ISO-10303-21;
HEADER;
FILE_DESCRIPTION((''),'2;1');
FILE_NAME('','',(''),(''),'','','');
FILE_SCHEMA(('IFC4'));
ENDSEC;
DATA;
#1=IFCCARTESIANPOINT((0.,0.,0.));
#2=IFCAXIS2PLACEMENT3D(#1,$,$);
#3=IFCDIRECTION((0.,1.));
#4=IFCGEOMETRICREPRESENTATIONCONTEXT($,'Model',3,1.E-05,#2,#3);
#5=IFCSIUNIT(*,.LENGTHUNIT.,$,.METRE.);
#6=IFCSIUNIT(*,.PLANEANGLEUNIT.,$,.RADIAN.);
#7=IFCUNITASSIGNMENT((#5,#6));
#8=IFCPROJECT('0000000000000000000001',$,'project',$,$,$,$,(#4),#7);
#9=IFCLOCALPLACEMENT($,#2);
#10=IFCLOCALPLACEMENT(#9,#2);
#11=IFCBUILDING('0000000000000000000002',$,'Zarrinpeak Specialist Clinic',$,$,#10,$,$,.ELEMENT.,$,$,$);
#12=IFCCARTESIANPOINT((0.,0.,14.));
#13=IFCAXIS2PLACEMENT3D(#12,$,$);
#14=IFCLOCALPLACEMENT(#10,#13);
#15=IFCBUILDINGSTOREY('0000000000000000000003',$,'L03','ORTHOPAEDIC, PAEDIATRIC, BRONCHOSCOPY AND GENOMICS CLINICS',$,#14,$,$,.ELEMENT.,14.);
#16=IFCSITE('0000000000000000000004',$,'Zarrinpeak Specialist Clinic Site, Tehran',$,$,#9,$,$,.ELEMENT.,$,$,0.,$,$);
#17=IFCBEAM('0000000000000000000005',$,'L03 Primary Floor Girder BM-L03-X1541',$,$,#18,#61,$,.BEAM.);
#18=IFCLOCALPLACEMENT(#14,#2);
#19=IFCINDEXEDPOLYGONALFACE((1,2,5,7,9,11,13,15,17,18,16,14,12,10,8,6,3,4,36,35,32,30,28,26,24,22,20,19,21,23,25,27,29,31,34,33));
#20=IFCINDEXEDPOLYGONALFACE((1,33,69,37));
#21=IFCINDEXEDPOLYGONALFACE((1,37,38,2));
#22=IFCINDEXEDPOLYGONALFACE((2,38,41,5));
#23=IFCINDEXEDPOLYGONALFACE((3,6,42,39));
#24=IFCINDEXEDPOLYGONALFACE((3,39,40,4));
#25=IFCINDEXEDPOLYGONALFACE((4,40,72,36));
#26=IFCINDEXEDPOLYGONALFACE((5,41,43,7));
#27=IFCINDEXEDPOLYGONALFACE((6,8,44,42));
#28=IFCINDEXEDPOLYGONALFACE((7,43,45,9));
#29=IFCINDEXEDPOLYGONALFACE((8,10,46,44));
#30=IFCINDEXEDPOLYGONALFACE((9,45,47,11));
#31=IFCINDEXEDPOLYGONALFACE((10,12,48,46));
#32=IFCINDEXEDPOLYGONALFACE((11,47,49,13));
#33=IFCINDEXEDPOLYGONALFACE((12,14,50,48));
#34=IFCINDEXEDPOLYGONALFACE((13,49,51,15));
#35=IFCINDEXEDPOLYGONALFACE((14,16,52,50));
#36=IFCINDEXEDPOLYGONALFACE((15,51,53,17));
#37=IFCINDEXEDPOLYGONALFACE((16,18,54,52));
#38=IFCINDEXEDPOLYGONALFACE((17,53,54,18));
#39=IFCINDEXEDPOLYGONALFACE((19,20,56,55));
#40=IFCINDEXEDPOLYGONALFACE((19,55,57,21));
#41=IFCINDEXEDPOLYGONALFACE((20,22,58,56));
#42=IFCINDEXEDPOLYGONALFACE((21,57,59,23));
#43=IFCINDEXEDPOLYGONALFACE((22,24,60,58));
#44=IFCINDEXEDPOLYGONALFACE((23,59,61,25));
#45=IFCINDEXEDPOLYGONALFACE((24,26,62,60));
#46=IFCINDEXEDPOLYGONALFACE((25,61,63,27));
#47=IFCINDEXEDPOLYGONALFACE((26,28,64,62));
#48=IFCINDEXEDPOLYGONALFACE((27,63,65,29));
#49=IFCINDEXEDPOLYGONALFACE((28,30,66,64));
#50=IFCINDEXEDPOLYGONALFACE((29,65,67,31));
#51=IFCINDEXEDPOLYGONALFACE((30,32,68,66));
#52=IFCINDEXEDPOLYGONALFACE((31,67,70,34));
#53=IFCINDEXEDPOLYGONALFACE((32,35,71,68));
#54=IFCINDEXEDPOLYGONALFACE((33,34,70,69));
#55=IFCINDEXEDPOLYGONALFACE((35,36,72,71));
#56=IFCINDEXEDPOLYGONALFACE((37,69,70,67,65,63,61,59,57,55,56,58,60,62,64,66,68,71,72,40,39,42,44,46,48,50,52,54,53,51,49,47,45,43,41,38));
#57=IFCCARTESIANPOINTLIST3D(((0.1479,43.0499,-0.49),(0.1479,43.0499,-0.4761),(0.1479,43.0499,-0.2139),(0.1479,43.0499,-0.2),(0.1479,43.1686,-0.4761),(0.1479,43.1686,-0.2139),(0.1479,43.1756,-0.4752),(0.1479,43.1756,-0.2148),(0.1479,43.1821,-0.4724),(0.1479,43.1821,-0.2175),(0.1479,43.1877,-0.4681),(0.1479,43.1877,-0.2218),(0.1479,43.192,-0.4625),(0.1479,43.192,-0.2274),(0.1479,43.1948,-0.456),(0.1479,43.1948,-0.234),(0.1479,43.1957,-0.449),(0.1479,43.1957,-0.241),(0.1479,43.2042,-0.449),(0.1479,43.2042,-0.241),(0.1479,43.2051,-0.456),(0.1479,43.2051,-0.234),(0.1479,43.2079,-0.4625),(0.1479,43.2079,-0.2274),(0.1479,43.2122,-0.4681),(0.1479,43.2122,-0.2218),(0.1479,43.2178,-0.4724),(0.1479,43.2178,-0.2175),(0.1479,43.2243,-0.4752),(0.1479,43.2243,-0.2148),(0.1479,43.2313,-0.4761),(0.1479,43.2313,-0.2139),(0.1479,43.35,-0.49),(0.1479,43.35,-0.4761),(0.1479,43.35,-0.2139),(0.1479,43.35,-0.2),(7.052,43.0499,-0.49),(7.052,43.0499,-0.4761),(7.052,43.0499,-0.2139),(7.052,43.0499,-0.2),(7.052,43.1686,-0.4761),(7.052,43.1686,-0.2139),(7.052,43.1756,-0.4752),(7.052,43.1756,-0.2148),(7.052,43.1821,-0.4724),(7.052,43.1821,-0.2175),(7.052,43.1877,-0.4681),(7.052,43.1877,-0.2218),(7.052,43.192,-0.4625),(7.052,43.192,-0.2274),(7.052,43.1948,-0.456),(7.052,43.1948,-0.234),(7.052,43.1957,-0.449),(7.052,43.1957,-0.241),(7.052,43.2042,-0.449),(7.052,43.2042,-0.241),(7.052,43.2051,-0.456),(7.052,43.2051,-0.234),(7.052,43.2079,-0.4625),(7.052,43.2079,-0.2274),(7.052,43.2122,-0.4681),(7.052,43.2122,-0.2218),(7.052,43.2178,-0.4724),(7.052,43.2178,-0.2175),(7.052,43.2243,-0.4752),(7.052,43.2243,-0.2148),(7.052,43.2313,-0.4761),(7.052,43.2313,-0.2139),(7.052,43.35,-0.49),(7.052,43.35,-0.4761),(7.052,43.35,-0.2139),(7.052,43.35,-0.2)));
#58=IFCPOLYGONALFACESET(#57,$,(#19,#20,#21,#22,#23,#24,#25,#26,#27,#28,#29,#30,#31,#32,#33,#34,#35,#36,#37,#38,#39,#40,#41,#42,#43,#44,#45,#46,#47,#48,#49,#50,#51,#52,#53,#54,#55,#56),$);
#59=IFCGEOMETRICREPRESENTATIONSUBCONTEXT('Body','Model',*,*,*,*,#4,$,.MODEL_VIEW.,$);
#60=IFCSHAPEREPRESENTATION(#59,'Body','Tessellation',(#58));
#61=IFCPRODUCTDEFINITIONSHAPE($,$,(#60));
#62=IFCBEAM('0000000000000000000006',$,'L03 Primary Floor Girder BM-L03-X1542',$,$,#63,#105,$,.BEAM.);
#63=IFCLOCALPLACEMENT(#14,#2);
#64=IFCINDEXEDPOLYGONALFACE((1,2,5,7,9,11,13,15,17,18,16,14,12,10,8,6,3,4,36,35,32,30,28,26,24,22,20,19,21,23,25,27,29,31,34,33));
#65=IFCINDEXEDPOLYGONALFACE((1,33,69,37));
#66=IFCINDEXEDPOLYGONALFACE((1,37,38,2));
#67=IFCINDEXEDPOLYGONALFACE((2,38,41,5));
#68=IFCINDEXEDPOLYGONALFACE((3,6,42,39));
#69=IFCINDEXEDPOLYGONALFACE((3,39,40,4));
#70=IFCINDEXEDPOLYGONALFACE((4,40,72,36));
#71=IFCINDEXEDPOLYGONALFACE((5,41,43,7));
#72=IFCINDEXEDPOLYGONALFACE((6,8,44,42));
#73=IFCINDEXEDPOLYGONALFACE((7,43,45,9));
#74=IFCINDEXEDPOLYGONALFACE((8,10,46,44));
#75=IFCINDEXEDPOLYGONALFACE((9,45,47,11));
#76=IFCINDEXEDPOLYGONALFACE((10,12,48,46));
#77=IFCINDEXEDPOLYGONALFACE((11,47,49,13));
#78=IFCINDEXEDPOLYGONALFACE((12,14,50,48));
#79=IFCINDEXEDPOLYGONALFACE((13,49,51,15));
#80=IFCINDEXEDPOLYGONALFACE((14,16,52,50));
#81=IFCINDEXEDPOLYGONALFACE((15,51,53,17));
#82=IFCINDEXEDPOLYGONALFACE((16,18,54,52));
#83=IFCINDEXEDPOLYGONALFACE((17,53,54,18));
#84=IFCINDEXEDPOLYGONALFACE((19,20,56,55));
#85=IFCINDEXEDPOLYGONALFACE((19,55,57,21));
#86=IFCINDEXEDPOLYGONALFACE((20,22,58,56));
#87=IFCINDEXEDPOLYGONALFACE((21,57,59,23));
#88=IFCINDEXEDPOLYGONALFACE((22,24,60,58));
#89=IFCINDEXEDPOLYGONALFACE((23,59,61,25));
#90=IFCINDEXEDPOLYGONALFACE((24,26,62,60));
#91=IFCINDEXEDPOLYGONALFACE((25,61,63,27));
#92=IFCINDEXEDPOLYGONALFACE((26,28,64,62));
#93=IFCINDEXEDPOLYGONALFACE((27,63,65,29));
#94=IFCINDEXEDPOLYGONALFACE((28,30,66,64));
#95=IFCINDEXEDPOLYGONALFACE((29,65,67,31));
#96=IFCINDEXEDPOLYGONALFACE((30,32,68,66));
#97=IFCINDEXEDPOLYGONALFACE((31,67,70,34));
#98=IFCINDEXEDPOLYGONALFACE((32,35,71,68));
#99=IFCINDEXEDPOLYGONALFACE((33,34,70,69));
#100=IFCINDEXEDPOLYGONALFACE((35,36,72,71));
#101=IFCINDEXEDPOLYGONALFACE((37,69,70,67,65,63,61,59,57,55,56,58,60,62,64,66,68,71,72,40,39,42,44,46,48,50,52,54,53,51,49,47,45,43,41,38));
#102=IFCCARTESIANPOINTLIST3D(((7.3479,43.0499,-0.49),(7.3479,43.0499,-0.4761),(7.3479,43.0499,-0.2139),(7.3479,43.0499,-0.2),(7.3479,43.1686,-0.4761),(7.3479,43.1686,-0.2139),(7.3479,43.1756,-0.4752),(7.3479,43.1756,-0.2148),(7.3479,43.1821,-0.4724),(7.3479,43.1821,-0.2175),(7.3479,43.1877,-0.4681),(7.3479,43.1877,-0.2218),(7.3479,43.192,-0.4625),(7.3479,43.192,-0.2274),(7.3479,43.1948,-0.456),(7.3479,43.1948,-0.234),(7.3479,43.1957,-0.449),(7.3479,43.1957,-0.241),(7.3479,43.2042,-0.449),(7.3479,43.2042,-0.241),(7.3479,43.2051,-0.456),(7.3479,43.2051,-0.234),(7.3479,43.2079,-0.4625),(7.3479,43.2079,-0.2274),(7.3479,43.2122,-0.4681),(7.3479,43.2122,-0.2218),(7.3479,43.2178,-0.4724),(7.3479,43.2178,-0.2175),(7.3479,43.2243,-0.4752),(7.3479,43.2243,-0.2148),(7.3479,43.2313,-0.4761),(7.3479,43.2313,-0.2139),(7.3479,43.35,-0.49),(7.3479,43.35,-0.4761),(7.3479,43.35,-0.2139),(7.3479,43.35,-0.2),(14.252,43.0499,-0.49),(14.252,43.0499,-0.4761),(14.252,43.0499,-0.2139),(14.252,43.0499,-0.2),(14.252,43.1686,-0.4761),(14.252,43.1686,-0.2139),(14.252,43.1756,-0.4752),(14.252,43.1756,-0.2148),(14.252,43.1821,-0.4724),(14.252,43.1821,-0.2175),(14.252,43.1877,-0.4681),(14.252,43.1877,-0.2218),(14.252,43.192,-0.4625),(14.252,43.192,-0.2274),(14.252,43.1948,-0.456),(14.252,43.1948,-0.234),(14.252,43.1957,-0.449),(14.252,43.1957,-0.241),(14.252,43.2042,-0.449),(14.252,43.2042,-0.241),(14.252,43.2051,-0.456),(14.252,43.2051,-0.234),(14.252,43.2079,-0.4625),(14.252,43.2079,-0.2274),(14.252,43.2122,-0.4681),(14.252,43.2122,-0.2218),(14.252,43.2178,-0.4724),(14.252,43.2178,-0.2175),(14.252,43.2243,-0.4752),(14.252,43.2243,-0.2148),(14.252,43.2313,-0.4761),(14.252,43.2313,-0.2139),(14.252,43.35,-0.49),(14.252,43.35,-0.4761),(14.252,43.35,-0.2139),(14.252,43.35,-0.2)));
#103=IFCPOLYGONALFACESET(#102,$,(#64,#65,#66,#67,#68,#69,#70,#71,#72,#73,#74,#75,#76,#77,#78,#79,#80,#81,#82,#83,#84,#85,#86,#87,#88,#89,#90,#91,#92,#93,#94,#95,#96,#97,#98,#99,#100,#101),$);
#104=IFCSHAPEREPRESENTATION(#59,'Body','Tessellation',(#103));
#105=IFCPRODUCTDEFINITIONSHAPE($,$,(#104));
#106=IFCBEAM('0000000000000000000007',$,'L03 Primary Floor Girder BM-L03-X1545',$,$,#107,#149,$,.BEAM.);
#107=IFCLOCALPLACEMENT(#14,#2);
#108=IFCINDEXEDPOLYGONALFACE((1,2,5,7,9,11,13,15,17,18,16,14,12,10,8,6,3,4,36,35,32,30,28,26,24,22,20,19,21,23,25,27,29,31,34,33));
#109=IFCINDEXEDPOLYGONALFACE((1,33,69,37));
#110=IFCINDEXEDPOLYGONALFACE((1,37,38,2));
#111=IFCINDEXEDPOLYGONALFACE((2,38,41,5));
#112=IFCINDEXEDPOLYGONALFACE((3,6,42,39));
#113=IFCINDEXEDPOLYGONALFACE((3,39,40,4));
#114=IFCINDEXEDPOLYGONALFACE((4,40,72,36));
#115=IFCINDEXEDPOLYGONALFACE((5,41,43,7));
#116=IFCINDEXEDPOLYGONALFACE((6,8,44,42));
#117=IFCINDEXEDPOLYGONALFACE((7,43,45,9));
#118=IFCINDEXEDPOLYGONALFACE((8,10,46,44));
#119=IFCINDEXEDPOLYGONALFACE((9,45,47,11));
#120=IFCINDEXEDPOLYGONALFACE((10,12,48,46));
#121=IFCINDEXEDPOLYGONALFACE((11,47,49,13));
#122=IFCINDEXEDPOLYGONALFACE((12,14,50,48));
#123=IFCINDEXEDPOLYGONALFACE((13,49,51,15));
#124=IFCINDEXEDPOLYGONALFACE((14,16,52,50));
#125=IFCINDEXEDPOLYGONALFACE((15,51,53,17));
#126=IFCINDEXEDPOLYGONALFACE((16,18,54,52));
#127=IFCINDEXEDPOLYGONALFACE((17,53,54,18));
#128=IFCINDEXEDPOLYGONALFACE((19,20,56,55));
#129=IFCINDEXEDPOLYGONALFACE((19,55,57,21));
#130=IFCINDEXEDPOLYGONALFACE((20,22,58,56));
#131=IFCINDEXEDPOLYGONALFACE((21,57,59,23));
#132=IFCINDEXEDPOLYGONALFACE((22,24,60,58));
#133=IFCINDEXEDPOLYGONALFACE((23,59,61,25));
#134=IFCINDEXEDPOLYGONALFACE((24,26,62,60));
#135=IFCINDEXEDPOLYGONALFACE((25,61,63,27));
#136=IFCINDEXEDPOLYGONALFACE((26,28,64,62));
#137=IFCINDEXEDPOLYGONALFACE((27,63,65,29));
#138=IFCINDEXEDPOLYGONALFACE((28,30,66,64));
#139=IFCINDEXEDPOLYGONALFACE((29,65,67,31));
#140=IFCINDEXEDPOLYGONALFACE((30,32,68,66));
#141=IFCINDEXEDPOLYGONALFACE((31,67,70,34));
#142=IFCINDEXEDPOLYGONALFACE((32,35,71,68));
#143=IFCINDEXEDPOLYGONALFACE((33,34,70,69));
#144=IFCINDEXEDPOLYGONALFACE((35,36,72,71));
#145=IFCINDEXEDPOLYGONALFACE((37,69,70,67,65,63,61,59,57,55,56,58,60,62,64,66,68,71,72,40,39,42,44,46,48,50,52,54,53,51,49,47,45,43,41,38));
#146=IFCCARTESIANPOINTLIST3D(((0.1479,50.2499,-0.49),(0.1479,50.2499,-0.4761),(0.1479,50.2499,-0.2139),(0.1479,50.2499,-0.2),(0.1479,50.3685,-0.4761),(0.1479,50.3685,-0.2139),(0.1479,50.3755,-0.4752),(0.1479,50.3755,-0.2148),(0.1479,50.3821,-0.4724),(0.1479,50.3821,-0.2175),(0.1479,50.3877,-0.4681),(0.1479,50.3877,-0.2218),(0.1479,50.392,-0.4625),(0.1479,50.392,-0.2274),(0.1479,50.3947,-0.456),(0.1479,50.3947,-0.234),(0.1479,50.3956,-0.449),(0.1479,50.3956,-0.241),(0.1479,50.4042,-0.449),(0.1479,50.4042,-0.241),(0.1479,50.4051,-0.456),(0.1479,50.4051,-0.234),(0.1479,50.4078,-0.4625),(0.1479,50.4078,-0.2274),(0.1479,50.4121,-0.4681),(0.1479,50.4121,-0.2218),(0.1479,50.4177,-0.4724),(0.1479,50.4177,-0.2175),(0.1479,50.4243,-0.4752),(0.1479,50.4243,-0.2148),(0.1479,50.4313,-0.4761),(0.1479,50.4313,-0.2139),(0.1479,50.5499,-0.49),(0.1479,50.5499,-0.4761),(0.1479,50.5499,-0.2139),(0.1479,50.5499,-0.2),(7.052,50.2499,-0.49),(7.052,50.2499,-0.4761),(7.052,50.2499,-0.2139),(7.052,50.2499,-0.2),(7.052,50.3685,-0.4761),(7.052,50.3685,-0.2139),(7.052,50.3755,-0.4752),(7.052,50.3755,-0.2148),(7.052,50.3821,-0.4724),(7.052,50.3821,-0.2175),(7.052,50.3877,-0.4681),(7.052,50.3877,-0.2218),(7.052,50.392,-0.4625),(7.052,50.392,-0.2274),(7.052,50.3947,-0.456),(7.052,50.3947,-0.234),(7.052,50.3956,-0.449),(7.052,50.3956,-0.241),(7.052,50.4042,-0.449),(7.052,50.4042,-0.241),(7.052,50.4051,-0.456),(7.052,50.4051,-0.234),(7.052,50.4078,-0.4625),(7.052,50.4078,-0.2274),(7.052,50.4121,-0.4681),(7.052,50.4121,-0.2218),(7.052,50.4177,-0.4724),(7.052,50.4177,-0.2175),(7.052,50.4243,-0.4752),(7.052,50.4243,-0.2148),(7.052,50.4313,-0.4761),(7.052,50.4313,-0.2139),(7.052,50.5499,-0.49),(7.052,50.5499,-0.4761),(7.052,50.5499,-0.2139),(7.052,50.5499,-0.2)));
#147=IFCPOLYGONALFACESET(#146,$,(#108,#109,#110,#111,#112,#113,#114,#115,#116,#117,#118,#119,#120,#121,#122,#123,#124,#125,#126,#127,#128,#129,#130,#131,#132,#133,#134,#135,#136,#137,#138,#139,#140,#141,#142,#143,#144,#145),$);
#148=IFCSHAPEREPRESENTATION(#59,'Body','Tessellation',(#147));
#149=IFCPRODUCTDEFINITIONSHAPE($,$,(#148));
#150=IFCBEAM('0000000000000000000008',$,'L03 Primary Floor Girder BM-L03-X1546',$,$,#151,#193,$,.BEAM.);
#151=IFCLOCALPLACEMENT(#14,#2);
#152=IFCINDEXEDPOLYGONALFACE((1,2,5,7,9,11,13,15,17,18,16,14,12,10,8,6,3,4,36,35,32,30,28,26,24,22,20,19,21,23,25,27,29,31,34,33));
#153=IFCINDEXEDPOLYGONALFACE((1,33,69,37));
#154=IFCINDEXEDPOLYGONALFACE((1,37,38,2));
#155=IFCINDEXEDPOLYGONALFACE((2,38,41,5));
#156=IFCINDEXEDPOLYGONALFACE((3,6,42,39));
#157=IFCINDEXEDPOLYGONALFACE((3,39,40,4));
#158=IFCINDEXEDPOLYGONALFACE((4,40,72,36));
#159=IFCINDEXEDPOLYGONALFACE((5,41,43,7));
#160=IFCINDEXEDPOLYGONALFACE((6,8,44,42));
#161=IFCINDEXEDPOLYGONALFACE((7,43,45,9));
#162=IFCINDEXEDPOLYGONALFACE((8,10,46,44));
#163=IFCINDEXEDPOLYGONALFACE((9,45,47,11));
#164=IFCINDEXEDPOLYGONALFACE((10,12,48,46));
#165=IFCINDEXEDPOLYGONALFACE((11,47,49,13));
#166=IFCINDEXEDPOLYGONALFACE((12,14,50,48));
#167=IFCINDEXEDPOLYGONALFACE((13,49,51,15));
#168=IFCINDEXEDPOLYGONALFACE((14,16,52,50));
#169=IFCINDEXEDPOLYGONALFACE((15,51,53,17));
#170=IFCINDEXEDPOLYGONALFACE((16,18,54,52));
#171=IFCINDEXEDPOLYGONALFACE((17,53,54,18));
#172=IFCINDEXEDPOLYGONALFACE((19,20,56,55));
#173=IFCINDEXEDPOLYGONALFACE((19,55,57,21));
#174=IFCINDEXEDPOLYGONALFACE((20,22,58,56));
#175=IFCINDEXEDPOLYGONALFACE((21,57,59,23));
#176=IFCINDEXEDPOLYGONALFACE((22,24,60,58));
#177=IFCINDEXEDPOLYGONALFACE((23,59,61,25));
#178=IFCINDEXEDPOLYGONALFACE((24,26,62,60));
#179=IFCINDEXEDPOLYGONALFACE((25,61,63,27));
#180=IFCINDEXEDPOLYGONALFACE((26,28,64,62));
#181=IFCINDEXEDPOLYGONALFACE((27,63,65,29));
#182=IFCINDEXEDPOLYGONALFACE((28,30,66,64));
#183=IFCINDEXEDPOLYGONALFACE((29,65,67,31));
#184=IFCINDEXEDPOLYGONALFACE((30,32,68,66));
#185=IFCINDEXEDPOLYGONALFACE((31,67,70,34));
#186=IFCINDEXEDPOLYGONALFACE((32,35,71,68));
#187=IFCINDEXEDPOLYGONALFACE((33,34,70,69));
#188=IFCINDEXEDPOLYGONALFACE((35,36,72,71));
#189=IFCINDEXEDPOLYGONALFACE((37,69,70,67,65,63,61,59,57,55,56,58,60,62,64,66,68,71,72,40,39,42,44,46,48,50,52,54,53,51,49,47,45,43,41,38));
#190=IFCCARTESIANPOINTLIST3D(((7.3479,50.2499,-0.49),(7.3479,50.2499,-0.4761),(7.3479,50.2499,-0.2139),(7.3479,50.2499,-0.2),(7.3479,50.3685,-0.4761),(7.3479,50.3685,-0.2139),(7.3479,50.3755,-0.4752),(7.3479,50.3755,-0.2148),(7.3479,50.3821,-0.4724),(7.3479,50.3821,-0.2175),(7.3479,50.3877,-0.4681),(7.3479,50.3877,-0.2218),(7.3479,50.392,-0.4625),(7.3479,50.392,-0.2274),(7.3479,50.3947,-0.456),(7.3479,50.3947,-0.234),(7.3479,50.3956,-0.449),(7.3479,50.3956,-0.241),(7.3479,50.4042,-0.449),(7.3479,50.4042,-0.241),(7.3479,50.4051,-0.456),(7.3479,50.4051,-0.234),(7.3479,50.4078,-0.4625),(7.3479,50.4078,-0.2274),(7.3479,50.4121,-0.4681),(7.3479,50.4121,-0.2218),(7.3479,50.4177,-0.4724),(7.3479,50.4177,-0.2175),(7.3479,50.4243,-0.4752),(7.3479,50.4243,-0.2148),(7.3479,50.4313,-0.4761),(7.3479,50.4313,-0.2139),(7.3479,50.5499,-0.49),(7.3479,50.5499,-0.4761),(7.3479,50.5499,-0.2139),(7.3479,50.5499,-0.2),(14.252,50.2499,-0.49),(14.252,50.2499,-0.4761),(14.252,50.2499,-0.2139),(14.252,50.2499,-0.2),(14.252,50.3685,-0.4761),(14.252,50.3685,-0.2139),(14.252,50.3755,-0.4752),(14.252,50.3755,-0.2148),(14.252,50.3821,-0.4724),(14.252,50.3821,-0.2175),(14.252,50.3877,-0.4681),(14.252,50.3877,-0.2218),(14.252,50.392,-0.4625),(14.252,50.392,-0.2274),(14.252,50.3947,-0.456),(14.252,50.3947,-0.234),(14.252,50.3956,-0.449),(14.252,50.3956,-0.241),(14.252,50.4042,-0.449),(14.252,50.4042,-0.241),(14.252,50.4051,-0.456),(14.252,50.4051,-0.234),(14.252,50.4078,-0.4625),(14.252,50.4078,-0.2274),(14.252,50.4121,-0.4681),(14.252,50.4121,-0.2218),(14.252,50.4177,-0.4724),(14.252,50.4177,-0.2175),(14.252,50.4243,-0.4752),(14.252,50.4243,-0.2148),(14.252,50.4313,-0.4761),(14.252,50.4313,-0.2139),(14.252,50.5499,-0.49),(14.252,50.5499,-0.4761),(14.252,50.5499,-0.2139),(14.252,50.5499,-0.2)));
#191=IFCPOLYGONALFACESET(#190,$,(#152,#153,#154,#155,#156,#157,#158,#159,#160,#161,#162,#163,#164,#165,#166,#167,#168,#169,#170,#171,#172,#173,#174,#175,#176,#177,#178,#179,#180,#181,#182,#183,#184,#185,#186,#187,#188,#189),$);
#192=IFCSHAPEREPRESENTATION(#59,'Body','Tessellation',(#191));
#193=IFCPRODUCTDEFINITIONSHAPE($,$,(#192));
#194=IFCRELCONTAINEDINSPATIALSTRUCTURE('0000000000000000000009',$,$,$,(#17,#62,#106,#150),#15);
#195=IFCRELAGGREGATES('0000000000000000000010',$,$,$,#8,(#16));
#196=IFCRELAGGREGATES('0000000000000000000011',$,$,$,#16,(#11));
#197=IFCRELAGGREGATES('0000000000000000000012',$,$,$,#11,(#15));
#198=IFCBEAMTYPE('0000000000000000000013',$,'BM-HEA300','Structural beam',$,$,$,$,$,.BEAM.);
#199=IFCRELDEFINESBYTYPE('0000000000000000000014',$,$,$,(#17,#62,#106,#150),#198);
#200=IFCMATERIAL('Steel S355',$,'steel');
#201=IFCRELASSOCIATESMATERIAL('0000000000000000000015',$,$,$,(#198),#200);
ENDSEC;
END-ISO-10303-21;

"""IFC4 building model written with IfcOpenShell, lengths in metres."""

from ifc_helpers import new_model, si_unit, direction, frame, origin, origin_2d, place, context, subcontext, project, spatial, i_section, extrude, material, material_profile, profile_set, type_object, element, save


model = new_model("IFC4")

# Units and contexts
model_context = context("Model", 3, precision=1e-05, world=origin(), true_north=direction((0.0, 1.0)))
body_context = subcontext(model_context, "Body", "Model", "MODEL_VIEW")
ifc_project = project(units=[si_unit("LENGTHUNIT", "METRE"), si_unit("PLANEANGLEUNIT", "RADIAN")], contexts=[model_context])

# Site, building, storey
site_placement = place(None, origin())
site = spatial("IfcSite", under=ifc_project, at=site_placement, Name="Zarrinpeak Specialist Clinic Site, Tehran", CompositionType="ELEMENT", RefElevation=0.0)
building_placement = place(site_placement, origin())
building = spatial("IfcBuilding", under=site, at=building_placement, Name="Zarrinpeak Specialist Clinic", CompositionType="ELEMENT")
storey_placement = place(building_placement, frame((0.0, 0.0, 14.0)))
storey = spatial("IfcBuildingStorey", under=building, at=storey_placement, Name="L03", Description="ORTHOPAEDIC, PAEDIATRIC, BRONCHOSCOPY AND GENOMICS CLINICS", CompositionType="ELEMENT", Elevation=14.0)

# Shared definitions
ifc_material_1 = material(Name="Steel S355", Category="steel")

# Beams
ifc_material_profile_1 = material_profile(ifc_material_1, i_section(OverallWidth=0.3, OverallDepth=0.29, WebThickness=0.0085, FlangeThickness=0.0139, FilletRadius=0.0271, at=origin_2d()), Name="HEA 300")
ifc_profile_set_1 = profile_set([ifc_material_profile_1], Name="Steel S355")
beam_type_1 = type_object("IfcBeamType", Name="BM-HEA300", Description="Structural beam", PredefinedType="BEAM", material=ifc_profile_set_1)
for number, where, z_axis, x_axis, name in (
    (1, (0.1479, 43.2, -0.345), (1.0, 0.0, 0.0), (0.0, 1.0, 0.0), "L03 Primary Floor Girder BM-L03-X1541"),
    (2, (7.3479, 43.2, -0.345), (1.0, 0.0, 0.0), (0.0, 1.0, 0.0), "L03 Primary Floor Girder BM-L03-X1542"),
    (3, (0.1479, 50.3999, -0.345), (1.0, 0.0, 0.0), (0.0, 1.0, 0.0), "L03 Primary Floor Girder BM-L03-X1545"),
    (4, (7.3479, 50.3999, -0.345), (1.0, 0.0, 0.0), (0.0, 1.0, 0.0), "L03 Primary Floor Girder BM-L03-X1546"),
):
    element("IfcBeam", number, at=place(storey_placement, frame(where, z_axis=z_axis, x_axis=x_axis)), inside=storey, type_object=beam_type_1, Name=name, PredefinedType="BEAM", context=body_context, shape_type="SweptSolid", body=[
        extrude(i_section(OverallWidth=0.3, OverallDepth=0.29, WebThickness=0.0085, FlangeThickness=0.0139, FilletRadius=0.0271, at=origin_2d()), origin(), (0.0, 0.0, 1.0), 6.9041),
    ])

save(model, "model.ifc")
